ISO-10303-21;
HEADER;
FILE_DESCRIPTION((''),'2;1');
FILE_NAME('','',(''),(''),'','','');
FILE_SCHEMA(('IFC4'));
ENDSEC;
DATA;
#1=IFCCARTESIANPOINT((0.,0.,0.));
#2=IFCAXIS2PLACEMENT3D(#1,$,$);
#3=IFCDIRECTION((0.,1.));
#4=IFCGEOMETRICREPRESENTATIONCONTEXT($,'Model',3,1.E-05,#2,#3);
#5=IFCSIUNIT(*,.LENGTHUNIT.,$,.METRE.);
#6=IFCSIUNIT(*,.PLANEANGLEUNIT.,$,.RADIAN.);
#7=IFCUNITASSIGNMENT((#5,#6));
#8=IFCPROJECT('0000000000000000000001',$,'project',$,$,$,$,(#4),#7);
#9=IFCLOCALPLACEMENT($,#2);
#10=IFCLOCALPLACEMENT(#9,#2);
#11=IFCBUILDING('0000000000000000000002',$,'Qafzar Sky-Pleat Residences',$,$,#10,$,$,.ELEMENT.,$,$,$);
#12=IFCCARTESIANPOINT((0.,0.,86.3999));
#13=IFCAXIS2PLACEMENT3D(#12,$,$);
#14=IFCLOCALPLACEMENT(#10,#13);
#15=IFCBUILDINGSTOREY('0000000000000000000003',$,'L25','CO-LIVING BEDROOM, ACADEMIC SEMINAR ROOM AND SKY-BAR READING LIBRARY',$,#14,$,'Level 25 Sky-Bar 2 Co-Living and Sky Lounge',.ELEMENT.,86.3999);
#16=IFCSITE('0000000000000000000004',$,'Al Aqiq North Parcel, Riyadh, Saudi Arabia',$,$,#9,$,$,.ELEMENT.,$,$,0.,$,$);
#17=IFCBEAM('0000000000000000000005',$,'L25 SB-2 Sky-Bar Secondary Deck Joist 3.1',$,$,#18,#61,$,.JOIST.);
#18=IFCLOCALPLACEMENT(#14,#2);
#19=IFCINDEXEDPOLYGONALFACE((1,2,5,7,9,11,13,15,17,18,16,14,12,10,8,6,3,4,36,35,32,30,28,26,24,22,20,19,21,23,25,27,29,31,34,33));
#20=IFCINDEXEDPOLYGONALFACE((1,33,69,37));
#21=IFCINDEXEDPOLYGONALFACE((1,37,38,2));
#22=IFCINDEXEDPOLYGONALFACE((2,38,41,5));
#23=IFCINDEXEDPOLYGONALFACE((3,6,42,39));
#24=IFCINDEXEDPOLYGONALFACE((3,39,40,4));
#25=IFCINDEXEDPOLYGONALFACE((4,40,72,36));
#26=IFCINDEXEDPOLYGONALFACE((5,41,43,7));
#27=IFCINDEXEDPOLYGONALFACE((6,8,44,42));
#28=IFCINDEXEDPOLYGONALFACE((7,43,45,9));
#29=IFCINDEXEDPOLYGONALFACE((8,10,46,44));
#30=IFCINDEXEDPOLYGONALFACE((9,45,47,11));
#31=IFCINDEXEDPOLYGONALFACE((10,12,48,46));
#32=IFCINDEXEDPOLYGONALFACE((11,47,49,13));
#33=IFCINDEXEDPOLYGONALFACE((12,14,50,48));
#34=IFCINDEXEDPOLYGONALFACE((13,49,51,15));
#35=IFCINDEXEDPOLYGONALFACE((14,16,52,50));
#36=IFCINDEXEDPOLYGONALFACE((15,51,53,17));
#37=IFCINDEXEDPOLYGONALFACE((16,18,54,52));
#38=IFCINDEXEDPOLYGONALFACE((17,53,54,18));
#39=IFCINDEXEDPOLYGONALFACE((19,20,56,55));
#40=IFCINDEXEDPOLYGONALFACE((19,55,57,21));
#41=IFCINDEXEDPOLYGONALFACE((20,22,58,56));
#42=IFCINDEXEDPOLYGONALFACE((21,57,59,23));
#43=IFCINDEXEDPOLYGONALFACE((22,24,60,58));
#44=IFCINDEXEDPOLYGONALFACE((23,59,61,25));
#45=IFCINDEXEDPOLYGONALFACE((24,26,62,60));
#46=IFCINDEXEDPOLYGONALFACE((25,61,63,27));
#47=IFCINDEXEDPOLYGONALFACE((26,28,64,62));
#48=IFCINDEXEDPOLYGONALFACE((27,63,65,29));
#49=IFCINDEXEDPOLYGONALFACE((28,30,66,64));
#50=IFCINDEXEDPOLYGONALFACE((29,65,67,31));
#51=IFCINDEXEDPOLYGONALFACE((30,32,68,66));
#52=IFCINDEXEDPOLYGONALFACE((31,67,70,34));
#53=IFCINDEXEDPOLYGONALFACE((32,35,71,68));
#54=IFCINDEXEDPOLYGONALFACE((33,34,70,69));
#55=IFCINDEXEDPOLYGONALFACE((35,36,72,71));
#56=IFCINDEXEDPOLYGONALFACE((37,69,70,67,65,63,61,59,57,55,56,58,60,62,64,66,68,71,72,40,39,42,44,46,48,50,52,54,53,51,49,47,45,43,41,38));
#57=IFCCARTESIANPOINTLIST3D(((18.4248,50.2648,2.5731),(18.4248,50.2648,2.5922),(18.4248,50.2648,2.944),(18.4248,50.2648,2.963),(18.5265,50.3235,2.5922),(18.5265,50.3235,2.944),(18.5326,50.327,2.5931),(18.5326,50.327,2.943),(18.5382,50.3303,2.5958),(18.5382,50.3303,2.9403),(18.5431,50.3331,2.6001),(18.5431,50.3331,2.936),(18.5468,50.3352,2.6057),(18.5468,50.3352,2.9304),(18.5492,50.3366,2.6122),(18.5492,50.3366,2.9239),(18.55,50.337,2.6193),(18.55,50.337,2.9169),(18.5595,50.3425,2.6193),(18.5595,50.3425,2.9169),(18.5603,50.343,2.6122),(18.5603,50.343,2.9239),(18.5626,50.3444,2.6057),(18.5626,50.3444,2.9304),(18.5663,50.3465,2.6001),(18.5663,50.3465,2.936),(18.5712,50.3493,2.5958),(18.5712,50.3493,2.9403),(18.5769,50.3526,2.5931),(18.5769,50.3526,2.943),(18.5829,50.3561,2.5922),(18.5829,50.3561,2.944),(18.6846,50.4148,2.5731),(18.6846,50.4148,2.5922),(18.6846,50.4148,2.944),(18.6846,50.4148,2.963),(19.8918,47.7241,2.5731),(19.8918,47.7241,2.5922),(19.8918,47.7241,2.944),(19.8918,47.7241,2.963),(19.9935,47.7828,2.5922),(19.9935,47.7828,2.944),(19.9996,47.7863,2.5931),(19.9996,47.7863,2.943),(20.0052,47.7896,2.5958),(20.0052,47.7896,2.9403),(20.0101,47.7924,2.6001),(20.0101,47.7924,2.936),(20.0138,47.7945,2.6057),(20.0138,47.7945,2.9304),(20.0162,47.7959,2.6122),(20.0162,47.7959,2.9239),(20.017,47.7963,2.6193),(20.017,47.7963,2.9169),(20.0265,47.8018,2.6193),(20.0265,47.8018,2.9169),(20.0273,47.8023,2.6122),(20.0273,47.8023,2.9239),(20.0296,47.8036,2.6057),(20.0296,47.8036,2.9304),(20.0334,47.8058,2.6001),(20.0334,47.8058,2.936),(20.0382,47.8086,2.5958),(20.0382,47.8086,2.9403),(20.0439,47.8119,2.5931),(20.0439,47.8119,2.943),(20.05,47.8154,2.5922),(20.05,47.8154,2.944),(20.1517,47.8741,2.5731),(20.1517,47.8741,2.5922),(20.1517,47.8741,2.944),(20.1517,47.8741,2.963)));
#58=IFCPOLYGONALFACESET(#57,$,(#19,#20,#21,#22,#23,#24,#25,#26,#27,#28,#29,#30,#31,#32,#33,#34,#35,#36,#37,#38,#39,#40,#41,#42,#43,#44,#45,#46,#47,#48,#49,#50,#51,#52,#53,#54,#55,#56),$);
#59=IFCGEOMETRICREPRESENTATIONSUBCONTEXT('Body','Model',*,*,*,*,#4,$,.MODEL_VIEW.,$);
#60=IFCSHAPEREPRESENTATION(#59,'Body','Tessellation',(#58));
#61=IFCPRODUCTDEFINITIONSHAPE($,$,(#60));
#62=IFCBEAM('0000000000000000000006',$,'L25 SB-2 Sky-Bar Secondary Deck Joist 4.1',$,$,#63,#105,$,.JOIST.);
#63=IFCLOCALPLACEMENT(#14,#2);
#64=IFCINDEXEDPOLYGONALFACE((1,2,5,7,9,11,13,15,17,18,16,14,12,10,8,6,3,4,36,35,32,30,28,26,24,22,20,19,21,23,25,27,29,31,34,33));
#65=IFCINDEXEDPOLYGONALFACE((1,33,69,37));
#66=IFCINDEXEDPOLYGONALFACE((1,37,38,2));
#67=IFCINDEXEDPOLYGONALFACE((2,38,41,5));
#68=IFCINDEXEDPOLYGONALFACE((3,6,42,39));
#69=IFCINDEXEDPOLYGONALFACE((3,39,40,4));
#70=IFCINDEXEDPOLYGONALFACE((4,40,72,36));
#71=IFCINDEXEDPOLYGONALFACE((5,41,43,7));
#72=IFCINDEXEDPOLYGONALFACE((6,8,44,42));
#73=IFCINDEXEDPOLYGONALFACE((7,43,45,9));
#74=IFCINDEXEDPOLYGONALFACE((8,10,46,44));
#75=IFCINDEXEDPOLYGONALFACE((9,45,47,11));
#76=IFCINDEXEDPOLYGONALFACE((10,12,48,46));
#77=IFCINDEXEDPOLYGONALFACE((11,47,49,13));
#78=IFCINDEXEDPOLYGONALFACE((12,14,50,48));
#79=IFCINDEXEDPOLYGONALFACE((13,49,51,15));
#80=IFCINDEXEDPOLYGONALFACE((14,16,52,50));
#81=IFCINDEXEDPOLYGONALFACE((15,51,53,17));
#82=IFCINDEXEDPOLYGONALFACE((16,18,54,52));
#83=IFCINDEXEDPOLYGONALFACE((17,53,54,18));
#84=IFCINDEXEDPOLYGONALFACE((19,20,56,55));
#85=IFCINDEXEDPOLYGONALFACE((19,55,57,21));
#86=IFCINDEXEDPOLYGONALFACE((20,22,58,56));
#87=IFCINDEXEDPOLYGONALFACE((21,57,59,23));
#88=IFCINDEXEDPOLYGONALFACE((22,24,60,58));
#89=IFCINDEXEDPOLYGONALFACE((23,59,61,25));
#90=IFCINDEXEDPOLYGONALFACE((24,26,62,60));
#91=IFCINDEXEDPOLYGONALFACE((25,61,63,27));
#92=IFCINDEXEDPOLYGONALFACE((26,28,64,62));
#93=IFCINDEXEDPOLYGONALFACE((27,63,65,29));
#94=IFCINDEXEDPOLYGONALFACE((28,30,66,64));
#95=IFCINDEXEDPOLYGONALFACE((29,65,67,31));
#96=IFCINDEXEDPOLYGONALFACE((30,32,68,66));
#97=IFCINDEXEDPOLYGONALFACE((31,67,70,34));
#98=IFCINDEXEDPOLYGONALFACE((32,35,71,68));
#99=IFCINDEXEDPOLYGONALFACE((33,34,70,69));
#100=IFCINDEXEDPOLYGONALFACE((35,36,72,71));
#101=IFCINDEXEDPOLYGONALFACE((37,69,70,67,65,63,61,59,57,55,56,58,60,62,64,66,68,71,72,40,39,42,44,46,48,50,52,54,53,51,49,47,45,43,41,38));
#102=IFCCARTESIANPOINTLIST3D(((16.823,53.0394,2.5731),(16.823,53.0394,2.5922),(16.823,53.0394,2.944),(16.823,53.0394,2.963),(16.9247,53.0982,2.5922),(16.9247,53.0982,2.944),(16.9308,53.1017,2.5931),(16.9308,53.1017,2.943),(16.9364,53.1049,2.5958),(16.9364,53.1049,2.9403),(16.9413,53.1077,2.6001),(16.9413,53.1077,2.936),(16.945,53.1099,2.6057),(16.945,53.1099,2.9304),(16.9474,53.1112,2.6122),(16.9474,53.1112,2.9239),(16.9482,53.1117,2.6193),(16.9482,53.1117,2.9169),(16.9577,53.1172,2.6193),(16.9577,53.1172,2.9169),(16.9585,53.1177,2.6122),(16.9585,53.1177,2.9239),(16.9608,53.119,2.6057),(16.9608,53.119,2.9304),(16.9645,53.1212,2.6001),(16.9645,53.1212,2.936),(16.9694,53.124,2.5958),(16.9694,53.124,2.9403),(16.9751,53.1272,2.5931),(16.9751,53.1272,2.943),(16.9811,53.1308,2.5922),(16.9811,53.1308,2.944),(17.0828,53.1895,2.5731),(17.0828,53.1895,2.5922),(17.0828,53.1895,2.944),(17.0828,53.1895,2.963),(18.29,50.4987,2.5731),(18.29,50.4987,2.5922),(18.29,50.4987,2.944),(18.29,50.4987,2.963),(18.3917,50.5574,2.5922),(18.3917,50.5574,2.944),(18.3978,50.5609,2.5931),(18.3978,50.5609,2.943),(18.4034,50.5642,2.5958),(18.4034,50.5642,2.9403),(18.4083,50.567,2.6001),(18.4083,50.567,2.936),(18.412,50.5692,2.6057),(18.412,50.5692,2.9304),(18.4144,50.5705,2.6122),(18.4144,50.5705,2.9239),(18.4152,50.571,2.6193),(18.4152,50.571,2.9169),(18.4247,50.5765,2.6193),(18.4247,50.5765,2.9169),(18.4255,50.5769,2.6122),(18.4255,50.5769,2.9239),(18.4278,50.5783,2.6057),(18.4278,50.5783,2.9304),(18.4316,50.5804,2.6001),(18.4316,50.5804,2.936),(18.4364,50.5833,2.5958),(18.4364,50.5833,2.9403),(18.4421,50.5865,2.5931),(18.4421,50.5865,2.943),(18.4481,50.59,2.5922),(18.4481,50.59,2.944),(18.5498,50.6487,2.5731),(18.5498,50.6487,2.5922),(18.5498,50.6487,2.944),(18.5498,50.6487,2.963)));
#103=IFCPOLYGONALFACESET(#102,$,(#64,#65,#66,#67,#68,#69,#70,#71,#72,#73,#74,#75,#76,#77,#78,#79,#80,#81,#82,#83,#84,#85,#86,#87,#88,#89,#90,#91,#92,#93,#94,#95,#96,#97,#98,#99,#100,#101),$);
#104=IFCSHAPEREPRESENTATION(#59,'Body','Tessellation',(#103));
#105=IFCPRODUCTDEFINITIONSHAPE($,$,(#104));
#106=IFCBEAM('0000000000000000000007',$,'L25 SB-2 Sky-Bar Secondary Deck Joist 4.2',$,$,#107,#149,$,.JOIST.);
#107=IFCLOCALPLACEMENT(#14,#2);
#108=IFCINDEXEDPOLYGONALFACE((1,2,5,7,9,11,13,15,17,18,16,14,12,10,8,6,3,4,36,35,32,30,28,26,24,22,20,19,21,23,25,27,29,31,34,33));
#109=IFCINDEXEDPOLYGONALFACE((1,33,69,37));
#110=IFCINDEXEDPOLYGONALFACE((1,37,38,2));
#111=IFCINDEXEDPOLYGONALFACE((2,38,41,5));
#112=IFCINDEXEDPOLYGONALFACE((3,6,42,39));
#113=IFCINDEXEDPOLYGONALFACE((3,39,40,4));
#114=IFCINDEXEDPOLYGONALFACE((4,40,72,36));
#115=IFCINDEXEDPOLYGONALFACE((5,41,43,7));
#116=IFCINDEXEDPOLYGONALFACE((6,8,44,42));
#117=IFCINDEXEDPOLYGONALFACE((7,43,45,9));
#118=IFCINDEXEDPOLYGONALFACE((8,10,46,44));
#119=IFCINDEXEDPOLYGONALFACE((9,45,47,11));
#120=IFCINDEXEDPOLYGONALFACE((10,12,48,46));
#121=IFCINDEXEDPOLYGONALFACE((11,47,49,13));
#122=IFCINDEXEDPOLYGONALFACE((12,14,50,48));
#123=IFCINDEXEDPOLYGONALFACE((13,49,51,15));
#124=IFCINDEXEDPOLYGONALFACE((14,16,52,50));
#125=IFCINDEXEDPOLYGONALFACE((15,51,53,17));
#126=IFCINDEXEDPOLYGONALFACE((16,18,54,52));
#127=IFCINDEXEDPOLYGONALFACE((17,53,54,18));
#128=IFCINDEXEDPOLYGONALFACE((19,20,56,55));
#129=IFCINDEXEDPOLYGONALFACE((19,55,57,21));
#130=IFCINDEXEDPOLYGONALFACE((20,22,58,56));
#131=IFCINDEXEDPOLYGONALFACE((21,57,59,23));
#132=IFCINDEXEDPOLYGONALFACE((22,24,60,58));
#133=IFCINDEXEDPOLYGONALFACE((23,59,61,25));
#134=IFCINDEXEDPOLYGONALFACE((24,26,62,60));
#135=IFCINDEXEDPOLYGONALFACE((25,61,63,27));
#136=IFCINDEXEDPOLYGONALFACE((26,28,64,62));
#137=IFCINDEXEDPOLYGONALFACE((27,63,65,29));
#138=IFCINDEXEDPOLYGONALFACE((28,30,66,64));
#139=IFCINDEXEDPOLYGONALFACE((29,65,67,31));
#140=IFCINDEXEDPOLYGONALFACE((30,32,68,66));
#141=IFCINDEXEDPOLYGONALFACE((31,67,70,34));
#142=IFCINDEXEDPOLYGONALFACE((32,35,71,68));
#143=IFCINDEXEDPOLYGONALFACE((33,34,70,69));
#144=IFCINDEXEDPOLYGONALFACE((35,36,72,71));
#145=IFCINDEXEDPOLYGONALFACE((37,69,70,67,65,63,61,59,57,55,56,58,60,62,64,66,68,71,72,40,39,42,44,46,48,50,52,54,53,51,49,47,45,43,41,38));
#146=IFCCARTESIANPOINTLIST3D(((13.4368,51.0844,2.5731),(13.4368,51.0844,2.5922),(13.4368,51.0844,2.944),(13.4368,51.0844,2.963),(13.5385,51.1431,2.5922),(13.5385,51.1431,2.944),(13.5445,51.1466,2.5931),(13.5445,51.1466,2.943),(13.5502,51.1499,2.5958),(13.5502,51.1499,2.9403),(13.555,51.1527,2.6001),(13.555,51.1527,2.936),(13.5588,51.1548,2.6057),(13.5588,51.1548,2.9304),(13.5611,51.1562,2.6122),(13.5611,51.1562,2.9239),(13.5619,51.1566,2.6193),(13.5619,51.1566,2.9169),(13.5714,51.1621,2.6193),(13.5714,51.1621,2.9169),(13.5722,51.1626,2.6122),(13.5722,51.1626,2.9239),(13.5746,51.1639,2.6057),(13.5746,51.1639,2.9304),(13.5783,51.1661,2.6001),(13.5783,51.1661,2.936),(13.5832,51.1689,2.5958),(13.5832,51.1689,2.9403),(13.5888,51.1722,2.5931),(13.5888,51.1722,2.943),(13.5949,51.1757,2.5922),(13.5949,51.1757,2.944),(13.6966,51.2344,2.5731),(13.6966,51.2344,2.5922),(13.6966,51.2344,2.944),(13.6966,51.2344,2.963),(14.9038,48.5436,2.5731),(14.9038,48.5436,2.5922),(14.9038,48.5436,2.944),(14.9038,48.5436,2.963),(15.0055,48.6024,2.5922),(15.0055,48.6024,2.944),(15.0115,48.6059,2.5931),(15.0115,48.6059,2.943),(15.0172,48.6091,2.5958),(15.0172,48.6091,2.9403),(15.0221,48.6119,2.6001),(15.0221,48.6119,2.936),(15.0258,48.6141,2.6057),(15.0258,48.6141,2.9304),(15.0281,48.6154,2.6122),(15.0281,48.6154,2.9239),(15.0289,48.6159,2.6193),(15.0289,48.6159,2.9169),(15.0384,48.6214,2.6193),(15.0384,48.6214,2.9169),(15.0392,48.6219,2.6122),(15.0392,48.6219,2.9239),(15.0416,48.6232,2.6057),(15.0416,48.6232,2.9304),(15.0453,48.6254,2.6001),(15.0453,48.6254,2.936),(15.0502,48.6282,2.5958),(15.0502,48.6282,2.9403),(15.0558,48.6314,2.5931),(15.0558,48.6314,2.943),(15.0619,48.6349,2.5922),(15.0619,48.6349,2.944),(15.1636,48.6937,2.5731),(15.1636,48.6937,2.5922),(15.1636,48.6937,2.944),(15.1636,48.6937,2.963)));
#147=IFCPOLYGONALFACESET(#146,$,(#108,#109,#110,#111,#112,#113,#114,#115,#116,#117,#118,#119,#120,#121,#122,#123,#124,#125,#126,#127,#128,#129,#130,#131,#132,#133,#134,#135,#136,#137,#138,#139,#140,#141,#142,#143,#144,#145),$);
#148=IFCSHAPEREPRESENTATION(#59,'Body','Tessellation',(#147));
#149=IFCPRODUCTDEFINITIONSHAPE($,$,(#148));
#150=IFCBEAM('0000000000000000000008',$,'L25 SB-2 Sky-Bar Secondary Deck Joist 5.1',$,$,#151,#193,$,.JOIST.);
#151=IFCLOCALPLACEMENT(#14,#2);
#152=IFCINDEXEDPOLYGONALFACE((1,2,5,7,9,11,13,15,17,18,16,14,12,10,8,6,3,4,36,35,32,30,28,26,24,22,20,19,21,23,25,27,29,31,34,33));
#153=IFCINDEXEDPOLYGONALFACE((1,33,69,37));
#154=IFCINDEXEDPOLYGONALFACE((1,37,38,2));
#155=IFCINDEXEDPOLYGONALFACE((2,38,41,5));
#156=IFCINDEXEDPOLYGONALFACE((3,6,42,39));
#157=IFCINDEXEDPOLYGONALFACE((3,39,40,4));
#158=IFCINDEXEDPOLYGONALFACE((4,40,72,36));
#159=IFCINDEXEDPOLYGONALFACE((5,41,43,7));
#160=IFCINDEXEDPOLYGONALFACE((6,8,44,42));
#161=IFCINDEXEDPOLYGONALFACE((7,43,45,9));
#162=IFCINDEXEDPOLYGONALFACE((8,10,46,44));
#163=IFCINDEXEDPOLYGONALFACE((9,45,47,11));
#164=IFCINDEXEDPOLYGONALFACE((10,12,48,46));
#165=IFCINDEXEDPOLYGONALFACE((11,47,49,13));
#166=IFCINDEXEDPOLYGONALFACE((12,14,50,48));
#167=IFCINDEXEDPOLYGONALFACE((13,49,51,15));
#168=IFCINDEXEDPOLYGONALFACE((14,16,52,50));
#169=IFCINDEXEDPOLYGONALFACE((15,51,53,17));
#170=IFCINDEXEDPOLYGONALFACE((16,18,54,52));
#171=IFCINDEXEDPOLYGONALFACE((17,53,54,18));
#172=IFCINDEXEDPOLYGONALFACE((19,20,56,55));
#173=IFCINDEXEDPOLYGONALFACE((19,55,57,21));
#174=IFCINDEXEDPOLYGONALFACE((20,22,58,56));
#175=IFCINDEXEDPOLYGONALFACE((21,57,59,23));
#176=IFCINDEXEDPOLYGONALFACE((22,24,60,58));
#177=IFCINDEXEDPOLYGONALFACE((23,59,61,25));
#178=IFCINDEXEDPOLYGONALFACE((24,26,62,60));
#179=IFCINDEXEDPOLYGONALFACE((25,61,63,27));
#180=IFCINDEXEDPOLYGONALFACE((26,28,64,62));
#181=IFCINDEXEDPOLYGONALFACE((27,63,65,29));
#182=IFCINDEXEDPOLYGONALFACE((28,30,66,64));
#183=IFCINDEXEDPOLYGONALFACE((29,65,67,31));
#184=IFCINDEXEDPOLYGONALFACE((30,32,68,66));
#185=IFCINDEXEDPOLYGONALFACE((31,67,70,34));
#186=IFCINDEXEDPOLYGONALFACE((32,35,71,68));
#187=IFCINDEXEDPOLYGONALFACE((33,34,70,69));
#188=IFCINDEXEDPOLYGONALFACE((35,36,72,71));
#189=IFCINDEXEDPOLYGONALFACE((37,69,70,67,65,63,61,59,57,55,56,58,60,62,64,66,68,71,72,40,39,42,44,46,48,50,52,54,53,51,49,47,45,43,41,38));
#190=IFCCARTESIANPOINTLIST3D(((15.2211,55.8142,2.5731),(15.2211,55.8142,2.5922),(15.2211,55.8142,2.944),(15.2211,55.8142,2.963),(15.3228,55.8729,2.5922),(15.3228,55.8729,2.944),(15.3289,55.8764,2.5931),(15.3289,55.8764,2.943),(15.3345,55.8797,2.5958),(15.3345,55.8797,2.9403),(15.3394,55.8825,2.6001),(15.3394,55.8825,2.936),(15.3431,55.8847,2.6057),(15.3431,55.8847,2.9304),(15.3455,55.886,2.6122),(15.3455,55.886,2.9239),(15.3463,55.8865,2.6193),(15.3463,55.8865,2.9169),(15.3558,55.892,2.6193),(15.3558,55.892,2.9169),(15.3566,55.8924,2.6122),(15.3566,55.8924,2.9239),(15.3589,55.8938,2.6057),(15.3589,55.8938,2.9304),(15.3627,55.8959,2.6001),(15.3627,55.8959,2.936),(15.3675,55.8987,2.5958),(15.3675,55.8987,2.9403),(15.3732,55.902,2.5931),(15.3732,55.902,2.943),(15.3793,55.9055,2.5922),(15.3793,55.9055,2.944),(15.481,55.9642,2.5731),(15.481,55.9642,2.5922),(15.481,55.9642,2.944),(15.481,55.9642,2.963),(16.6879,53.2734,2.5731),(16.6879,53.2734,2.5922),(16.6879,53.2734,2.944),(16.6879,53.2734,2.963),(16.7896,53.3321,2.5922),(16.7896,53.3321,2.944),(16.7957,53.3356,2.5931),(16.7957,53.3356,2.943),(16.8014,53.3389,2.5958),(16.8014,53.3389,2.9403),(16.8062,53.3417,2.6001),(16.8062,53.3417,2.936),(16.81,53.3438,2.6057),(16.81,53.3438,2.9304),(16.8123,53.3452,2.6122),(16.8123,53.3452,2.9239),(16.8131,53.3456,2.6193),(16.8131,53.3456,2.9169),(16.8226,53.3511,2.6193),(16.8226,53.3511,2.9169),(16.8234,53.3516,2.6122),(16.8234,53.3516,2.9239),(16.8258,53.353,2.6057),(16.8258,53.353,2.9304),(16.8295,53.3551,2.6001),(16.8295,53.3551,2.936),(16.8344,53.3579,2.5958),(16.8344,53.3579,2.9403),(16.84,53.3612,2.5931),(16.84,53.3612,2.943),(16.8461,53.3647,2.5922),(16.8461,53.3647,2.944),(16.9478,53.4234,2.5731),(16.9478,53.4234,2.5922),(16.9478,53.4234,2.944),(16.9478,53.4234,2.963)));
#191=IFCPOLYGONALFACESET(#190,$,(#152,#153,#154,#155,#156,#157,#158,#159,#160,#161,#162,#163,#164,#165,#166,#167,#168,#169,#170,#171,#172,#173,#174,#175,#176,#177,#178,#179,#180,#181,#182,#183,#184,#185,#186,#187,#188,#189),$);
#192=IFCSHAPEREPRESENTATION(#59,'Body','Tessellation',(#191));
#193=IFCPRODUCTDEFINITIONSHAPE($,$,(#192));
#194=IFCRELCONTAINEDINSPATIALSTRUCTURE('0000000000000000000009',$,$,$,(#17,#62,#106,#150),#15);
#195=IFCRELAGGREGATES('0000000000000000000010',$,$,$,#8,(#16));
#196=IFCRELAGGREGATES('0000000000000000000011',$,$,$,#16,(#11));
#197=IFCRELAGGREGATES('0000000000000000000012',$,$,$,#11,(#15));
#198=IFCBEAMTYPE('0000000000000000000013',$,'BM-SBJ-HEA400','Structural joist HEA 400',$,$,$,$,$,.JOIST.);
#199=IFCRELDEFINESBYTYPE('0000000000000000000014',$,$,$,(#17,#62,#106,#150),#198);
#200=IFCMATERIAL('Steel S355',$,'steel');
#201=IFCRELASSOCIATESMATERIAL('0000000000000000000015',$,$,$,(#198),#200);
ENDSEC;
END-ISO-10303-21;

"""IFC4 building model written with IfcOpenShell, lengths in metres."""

from ifc_helpers import new_model, si_unit, direction, frame, origin, origin_2d, place, context, subcontext, project, spatial, i_section, extrude, source, transform, mapped, material, material_profile, profile_set, type_object, element, save


model = new_model("IFC4")

# Units and contexts
model_context = context("Model", 3, precision=1e-05, world=origin(), true_north=direction((0.0, 1.0)))
body_context = subcontext(model_context, "Body", "Model", "MODEL_VIEW")
ifc_project = project(units=[si_unit("LENGTHUNIT", "METRE"), si_unit("PLANEANGLEUNIT", "RADIAN")], contexts=[model_context])

# Site, building, storey
site_placement = place(None, origin())
site = spatial("IfcSite", under=ifc_project, at=site_placement, Name="Al Aqiq North Parcel, Riyadh, Saudi Arabia", CompositionType="ELEMENT", RefElevation=0.0)
building_placement = place(site_placement, origin())
building = spatial("IfcBuilding", under=site, at=building_placement, Name="Qafzar Sky-Pleat Residences", CompositionType="ELEMENT")
storey_placement = place(building_placement, frame((0.0, 0.0, 86.3999)))
storey = spatial("IfcBuildingStorey", under=building, at=storey_placement, Name="L25", Description="CO-LIVING BEDROOM, ACADEMIC SEMINAR ROOM AND SKY-BAR READING LIBRARY", LongName="Level 25 Sky-Bar 2 Co-Living and Sky Lounge", CompositionType="ELEMENT", Elevation=86.3999)

# Beams
ifc_material_1 = material(Name="Steel S355", Category="steel")
ifc_material_profile_1 = material_profile(ifc_material_1, i_section(OverallWidth=0.3, OverallDepth=0.3899, WebThickness=0.011, FlangeThickness=0.019, FilletRadius=0.0271, at=origin_2d()), Name="HEA 400")
ifc_profile_set_1 = profile_set([ifc_material_profile_1], Name="Steel S355")
beam_type = type_object("IfcBeamType", Name="BM-SBJ-HEA400", Description="Structural joist HEA 400", PredefinedType="JOIST", material=ifc_profile_set_1)
shared_shape_1 = source(origin(), body_context, "Body", "SweptSolid", [
    extrude(i_section(OverallWidth=0.3, OverallDepth=0.3899, WebThickness=0.011, FlangeThickness=0.019, FilletRadius=0.0271, at=origin_2d()), origin(), (0.0, 0.0, 1.0), 2.9338),
])
for number, where, z_axis, x_axis, name in (
    (1, (20.0217, 47.7991, 2.7681), (-0.500032, 0.866007, 0.0), (-0.866007, -0.500032, 0.0), "L25 SB-2 Sky-Bar Secondary Deck Joist 3.1"),
    (2, (18.4199, 50.5737, 2.7681), (-0.500032, 0.866007, 0.0), (-0.866007, -0.500032, 0.0), "L25 SB-2 Sky-Bar Secondary Deck Joist 4.1"),
    (3, (15.0337, 48.6187, 2.7681), (-0.500032, 0.866007, 0.0), (-0.866007, -0.500032, 0.0), "L25 SB-2 Sky-Bar Secondary Deck Joist 4.2"),
    (4, (16.8179, 53.3484, 2.7681), (-0.49997, 0.866043, 0.0), (-0.866043, -0.49997, 0.0), "L25 SB-2 Sky-Bar Secondary Deck Joist 5.1"),
):
    element("IfcBeam", number, at=place(storey_placement, frame(where, z_axis=z_axis, x_axis=x_axis)), inside=storey, type_object=beam_type, Name=name, PredefinedType="JOIST", context=body_context, shape_type="MappedRepresentation", body=[
        mapped(shared_shape_1, transform((0.0, 0.0, 0.0), x_axis=(1.0, 0.0, 0.0), y_axis=(0.0, 1.0, 0.0), z_axis=(0.0, 0.0, 1.0), scale=1.0)),
    ])

save(model, "model.ifc")
